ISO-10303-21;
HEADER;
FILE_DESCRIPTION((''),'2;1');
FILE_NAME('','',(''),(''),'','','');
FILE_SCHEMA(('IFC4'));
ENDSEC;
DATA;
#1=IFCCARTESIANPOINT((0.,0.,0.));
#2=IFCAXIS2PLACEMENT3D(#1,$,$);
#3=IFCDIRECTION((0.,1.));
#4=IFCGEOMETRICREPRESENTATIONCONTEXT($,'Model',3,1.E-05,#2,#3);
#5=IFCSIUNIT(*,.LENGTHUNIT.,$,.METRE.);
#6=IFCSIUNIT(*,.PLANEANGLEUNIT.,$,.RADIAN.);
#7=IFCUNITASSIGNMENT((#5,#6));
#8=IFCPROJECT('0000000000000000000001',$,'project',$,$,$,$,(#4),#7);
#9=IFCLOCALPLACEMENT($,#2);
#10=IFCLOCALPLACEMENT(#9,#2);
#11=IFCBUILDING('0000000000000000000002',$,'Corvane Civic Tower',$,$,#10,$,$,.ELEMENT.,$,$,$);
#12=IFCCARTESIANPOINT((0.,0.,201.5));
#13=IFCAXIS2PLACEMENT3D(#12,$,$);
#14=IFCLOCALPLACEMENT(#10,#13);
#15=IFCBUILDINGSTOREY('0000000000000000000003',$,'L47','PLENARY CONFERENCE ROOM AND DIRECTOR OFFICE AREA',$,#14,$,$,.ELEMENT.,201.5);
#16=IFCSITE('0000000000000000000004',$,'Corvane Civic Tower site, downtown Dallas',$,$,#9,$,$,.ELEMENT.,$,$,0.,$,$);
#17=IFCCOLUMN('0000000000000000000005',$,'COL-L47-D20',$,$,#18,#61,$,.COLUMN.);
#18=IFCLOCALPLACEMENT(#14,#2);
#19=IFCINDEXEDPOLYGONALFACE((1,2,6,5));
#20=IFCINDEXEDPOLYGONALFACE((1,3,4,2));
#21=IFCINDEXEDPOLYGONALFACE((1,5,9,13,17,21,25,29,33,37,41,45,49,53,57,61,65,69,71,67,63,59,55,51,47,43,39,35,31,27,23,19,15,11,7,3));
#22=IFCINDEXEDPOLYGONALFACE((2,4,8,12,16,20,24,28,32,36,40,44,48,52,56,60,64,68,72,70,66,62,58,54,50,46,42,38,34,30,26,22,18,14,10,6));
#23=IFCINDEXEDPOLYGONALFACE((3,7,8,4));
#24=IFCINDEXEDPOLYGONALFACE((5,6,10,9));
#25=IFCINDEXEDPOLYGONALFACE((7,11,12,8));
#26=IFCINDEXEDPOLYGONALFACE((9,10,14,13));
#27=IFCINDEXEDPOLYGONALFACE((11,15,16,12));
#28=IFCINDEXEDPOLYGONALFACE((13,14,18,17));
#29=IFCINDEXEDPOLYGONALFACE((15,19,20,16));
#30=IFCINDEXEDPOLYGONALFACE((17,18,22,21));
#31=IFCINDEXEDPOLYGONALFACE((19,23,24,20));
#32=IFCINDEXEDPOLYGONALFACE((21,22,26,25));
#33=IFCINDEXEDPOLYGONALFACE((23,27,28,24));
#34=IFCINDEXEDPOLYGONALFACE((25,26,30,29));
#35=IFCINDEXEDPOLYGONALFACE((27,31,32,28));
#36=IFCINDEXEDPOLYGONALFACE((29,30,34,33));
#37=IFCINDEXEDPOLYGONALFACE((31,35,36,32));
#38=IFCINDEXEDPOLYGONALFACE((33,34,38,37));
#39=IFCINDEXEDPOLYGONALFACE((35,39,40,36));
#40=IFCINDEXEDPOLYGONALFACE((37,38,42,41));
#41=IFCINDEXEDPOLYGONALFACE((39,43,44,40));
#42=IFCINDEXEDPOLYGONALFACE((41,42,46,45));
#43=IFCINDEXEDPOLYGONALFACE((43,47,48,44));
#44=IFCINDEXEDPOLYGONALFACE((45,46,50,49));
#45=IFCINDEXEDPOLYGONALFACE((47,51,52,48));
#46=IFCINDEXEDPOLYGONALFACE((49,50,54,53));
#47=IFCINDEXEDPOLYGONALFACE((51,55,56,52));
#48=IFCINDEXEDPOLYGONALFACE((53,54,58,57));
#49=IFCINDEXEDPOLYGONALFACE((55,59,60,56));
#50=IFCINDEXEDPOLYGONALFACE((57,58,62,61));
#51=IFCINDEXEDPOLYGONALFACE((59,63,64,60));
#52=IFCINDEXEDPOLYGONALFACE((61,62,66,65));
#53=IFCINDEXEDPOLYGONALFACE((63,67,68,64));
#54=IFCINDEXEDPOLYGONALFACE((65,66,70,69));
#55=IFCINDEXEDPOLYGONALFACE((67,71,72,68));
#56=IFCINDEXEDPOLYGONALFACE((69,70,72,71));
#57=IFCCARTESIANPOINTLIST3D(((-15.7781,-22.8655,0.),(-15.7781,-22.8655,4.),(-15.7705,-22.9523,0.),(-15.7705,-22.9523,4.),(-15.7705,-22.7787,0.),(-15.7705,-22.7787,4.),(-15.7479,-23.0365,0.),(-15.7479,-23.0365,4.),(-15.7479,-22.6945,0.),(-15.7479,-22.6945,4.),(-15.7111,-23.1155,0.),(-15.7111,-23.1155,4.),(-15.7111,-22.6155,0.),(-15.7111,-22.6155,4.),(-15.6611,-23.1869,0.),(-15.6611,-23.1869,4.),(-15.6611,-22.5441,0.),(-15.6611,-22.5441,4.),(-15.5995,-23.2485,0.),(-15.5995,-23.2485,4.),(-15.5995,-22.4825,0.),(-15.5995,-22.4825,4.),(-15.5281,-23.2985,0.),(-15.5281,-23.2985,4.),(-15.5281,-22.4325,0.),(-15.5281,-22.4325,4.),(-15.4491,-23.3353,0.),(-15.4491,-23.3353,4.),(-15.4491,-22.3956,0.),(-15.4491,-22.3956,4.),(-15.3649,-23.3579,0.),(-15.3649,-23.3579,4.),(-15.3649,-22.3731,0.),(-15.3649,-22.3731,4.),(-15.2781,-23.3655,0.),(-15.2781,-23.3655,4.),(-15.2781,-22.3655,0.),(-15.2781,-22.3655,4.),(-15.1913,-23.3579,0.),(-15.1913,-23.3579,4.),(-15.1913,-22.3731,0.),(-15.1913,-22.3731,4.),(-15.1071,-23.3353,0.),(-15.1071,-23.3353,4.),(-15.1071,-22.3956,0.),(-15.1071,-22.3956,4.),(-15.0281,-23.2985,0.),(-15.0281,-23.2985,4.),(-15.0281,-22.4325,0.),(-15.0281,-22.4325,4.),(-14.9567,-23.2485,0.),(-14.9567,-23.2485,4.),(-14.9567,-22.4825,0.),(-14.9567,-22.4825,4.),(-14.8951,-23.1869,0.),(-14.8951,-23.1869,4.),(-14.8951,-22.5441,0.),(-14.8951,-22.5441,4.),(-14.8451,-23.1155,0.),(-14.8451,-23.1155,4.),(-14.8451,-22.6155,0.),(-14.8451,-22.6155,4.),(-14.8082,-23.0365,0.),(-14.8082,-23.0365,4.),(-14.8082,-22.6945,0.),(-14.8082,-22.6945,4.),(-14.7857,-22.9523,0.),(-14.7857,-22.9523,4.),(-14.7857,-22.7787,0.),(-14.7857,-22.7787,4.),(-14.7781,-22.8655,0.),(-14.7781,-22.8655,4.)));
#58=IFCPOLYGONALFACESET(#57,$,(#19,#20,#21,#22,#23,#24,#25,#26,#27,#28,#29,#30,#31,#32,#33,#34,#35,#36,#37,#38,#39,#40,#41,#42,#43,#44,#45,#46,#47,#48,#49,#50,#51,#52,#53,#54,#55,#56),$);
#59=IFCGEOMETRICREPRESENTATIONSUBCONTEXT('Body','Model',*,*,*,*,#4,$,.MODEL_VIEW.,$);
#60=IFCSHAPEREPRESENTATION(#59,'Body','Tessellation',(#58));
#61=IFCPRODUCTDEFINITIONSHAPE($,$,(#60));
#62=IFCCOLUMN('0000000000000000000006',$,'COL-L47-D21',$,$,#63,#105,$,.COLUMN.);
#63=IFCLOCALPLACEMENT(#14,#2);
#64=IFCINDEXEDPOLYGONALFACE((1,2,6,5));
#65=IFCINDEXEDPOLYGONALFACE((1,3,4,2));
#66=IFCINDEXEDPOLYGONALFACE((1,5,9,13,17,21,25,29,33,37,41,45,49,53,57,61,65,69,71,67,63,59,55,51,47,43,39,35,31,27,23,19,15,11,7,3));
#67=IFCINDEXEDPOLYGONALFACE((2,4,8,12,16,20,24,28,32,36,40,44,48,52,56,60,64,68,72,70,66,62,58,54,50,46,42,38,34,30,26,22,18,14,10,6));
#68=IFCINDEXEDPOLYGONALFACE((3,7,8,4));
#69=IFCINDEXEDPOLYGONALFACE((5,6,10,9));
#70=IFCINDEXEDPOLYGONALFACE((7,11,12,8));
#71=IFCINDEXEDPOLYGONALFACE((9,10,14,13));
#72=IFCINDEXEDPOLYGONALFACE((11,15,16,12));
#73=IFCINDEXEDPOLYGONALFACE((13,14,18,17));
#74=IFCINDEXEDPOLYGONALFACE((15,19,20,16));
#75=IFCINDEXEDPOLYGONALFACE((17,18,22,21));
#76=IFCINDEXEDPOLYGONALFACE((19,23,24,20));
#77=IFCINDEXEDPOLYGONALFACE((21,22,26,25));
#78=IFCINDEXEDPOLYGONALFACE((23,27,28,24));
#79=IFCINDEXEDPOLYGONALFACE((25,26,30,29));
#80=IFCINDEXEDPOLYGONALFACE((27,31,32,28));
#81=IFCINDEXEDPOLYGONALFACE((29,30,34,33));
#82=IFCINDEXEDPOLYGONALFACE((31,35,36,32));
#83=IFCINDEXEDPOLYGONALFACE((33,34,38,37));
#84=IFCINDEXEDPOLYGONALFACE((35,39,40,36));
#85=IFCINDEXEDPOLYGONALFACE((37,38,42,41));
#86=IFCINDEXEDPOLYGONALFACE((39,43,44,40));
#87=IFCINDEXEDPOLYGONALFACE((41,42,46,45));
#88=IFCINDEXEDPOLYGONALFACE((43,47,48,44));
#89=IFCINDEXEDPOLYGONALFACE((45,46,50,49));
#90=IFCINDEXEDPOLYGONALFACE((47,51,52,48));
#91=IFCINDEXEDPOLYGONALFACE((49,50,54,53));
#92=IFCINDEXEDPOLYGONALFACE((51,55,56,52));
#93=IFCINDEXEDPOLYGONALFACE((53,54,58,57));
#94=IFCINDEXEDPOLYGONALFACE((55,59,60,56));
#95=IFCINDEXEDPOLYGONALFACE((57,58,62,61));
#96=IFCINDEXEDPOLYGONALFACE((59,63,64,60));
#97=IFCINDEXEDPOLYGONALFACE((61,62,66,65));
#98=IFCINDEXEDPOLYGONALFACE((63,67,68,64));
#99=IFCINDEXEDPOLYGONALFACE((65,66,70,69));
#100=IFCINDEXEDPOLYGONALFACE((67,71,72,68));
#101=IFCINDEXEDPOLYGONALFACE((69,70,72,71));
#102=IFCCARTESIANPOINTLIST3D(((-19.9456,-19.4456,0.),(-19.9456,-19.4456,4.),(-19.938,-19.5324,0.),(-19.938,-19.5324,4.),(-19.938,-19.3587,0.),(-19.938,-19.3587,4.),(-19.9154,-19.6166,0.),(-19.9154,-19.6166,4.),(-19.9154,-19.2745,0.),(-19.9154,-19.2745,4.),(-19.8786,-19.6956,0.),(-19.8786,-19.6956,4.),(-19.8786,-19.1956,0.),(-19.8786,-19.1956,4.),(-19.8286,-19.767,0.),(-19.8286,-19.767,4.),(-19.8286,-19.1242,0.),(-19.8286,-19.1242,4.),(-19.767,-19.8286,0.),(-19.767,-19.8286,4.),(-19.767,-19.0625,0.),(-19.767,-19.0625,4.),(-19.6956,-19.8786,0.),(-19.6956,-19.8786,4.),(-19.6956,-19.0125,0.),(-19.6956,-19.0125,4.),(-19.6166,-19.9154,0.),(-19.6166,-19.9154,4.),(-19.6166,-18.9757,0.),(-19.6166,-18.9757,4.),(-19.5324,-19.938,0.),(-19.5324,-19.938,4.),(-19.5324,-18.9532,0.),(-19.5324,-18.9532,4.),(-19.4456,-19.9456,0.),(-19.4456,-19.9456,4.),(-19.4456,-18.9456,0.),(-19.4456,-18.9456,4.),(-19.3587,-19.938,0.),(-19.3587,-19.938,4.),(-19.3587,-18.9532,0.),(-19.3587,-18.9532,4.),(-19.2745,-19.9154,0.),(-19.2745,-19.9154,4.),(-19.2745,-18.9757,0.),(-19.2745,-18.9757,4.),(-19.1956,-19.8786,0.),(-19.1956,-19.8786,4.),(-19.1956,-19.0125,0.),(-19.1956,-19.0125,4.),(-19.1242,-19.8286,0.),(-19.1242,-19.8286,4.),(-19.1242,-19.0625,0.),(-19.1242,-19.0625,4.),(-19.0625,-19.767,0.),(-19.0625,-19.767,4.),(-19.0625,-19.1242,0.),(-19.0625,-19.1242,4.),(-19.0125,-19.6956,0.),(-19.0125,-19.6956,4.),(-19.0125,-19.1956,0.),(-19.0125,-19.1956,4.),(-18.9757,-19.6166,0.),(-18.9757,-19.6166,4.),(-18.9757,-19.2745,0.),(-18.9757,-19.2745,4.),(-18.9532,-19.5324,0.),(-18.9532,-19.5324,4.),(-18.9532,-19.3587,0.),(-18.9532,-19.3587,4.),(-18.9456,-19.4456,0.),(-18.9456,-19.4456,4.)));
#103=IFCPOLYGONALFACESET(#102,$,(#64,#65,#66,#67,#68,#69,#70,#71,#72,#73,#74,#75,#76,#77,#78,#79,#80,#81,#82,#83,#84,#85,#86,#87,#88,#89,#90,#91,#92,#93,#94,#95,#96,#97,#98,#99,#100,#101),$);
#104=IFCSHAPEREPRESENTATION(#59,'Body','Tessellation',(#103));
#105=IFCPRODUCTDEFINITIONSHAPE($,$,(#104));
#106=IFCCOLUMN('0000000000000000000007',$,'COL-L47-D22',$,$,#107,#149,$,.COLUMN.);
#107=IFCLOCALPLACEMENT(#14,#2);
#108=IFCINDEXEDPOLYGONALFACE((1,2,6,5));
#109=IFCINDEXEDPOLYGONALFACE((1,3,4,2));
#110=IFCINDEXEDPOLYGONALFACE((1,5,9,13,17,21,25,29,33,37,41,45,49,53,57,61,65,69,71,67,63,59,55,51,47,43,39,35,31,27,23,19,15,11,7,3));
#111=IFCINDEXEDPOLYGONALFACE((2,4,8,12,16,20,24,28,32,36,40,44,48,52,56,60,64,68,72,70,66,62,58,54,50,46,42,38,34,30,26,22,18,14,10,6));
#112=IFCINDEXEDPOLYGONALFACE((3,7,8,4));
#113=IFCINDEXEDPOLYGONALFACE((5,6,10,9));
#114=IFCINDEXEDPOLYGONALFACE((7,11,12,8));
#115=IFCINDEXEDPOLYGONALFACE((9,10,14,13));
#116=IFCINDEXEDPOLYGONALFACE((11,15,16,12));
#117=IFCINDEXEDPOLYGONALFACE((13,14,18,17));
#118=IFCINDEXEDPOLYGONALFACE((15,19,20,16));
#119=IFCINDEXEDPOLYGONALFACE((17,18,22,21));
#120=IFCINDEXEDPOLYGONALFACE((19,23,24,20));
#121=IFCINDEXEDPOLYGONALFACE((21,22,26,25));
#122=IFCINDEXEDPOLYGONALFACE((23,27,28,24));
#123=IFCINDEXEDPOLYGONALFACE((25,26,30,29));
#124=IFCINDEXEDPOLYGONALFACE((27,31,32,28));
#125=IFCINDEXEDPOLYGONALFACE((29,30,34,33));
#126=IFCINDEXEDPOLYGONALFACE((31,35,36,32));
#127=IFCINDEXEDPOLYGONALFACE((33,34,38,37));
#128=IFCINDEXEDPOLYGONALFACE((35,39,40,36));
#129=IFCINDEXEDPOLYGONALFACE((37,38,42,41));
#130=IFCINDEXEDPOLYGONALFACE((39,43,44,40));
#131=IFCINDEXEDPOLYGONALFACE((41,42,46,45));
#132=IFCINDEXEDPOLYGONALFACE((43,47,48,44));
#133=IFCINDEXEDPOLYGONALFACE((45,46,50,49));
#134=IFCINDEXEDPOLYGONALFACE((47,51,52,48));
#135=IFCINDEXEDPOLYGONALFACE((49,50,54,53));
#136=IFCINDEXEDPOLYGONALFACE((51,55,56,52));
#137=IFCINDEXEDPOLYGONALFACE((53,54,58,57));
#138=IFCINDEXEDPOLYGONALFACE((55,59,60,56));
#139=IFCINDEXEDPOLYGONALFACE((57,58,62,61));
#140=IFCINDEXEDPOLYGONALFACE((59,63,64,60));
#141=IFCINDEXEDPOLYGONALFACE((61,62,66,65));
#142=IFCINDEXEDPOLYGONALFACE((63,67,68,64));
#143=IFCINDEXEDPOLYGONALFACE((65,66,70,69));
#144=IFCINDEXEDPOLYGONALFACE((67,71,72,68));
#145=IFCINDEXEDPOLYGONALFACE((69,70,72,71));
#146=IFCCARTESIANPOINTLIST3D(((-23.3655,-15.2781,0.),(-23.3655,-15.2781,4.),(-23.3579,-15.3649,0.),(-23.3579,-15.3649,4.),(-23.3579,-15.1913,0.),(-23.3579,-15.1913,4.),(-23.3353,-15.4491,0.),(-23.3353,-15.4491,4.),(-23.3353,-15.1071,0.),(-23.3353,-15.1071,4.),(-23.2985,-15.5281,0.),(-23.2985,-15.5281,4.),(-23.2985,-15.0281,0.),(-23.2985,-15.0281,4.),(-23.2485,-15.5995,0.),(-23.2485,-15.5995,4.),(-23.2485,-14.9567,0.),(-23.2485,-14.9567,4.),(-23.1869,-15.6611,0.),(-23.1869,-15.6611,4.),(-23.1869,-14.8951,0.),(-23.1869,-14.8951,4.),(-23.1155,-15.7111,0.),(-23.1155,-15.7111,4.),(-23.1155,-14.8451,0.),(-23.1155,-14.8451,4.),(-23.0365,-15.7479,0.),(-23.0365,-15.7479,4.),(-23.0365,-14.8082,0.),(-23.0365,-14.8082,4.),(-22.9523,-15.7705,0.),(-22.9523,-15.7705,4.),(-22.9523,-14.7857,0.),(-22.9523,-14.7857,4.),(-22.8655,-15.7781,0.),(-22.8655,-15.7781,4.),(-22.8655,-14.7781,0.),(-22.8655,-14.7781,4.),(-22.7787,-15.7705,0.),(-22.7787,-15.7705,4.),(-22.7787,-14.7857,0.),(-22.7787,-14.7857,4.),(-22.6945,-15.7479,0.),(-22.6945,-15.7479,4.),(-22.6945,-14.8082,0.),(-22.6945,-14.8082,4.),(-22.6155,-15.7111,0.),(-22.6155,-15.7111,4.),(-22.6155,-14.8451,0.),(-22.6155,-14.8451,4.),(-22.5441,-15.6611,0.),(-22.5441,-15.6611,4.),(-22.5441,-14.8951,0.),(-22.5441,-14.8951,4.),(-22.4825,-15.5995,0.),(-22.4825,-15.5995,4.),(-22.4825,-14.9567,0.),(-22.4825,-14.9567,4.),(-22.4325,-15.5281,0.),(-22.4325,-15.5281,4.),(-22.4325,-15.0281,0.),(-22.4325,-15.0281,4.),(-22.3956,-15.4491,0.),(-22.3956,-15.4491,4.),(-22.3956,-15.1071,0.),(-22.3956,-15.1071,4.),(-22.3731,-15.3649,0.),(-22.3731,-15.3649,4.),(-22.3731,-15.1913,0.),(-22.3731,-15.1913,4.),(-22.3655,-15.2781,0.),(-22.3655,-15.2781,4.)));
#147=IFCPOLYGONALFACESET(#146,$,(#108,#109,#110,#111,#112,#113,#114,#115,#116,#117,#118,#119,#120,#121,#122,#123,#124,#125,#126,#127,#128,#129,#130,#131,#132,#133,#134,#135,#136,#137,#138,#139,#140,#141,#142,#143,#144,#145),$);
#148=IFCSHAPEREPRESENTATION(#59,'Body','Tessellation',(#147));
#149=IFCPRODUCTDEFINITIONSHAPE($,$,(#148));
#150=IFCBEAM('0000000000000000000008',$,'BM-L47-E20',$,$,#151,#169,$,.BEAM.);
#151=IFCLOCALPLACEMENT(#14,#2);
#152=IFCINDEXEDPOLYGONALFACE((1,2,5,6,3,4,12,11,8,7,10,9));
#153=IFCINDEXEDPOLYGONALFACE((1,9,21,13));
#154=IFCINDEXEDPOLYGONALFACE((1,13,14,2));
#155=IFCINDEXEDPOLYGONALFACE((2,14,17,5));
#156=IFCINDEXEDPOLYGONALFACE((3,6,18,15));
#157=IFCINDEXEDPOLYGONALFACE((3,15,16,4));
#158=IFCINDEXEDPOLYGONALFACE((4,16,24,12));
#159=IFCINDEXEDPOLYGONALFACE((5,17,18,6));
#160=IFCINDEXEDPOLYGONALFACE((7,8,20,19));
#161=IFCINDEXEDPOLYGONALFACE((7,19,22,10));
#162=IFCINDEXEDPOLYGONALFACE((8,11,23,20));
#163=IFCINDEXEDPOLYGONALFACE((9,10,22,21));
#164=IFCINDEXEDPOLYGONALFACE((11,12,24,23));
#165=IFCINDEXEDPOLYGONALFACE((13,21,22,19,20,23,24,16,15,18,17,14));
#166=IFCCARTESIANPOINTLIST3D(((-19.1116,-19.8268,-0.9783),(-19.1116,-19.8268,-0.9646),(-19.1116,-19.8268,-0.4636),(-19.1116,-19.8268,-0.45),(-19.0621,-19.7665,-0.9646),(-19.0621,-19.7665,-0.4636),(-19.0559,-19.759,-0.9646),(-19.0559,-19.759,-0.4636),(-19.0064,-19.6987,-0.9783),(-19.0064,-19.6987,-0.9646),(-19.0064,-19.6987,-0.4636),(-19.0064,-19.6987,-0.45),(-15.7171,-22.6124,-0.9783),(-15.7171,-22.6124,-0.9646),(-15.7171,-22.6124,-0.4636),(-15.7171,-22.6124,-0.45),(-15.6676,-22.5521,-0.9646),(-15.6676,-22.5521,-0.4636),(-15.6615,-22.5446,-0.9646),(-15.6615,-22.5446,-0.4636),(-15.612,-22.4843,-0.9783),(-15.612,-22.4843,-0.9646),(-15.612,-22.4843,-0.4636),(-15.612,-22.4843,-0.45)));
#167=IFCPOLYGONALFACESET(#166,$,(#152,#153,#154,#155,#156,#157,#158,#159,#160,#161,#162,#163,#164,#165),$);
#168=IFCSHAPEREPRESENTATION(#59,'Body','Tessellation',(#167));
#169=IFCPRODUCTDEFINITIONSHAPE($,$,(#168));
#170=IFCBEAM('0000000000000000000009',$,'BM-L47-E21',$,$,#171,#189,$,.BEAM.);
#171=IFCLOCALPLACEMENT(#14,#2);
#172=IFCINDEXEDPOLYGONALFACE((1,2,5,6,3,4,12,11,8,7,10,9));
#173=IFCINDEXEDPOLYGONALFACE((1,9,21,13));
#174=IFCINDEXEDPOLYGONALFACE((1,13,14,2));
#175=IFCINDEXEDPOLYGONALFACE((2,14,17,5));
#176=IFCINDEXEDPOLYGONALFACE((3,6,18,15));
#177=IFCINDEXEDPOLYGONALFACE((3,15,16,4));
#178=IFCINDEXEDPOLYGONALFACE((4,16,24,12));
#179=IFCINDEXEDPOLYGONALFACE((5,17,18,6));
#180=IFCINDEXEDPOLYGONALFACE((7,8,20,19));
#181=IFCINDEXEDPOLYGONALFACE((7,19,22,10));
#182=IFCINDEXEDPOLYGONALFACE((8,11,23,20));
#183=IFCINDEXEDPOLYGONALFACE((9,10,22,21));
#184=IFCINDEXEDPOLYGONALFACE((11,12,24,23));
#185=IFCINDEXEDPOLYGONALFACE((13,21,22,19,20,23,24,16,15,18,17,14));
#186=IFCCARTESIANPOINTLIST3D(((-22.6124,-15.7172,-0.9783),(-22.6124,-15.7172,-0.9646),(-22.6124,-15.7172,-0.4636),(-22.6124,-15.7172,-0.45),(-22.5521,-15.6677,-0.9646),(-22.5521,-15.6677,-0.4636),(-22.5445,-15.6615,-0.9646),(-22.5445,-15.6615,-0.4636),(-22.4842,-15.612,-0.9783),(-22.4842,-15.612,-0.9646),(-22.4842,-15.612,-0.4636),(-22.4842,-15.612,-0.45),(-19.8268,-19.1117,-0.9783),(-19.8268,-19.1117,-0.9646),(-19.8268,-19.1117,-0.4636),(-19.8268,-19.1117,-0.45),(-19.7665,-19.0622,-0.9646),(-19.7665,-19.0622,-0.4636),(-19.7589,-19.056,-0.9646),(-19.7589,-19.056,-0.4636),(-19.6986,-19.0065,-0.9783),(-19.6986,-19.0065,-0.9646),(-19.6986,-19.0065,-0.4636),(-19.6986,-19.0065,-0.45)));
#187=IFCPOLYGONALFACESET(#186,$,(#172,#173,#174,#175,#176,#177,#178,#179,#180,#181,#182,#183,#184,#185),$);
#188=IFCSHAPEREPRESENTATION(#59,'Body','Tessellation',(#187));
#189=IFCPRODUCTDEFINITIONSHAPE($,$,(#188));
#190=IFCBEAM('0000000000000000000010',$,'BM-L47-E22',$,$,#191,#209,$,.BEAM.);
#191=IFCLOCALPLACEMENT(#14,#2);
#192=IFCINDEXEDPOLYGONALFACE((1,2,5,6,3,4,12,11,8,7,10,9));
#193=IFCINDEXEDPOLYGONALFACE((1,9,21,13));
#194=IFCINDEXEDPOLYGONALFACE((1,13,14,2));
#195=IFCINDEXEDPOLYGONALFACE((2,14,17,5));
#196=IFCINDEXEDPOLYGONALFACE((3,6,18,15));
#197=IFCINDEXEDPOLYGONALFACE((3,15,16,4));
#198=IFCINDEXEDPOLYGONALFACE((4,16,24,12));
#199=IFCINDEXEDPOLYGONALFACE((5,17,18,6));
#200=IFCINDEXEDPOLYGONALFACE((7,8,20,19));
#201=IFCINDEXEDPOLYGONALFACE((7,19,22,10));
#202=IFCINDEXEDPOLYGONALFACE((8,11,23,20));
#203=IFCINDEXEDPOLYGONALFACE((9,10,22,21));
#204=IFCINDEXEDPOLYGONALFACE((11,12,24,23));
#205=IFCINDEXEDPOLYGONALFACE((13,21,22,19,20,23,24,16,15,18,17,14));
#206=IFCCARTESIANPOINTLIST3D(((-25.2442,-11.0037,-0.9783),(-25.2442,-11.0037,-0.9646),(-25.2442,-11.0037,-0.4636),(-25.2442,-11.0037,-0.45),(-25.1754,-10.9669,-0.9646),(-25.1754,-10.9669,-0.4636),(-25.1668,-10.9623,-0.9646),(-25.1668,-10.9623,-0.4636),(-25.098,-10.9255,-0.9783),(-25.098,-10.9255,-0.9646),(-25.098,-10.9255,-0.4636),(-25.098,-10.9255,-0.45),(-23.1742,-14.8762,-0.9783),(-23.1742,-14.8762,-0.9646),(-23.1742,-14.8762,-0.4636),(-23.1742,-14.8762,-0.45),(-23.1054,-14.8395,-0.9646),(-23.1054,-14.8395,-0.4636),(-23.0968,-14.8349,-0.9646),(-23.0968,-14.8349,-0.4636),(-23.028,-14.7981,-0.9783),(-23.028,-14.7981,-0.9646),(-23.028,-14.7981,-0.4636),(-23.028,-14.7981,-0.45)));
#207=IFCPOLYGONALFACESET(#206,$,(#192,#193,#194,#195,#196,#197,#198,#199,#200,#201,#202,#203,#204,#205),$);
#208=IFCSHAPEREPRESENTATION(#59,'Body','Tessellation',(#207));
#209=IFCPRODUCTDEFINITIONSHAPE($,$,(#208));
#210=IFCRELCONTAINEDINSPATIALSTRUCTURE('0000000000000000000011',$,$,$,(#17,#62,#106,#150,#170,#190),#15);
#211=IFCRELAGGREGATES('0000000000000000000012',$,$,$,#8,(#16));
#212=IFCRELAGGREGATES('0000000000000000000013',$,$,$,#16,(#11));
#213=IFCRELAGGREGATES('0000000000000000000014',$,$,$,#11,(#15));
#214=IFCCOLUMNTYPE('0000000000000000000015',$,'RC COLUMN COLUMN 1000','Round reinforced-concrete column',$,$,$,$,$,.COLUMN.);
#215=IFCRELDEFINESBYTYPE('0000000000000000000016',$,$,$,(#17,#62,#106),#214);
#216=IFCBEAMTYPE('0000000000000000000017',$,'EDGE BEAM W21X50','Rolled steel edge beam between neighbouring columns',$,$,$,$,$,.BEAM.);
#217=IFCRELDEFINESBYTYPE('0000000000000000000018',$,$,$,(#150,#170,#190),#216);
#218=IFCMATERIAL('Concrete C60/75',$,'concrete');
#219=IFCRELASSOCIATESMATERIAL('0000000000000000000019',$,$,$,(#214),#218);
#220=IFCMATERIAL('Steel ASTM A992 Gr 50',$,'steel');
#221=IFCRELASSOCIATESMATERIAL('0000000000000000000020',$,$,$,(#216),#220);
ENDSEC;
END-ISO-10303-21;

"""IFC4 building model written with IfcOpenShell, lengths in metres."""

from ifc_helpers import new_model, si_unit, direction, frame, origin, origin_2d, place, context, subcontext, project, spatial, circle, i_section, extrude, material, material_profile, profile_set, type_object, element, save


model = new_model("IFC4")

# Units and contexts
model_context = context("Model", 3, precision=1e-05, world=origin(), true_north=direction((0.0, 1.0)))
body_context = subcontext(model_context, "Body", "Model", "MODEL_VIEW")
ifc_project = project(units=[si_unit("LENGTHUNIT", "METRE"), si_unit("PLANEANGLEUNIT", "RADIAN")], contexts=[model_context])

# Site, building, storey
site_placement = place(None, origin())
site = spatial("IfcSite", under=ifc_project, at=site_placement, Name="Corvane Civic Tower site, downtown Dallas", CompositionType="ELEMENT", RefElevation=0.0)
building_placement = place(site_placement, origin())
building = spatial("IfcBuilding", under=site, at=building_placement, Name="Corvane Civic Tower", CompositionType="ELEMENT")
storey_placement = place(building_placement, frame((0.0, 0.0, 201.5)))
storey = spatial("IfcBuildingStorey", under=building, at=storey_placement, Name="L47", Description="PLENARY CONFERENCE ROOM AND DIRECTOR OFFICE AREA", CompositionType="ELEMENT", Elevation=201.5)

# Columns
ifc_material_1 = material(Name="Concrete C60/75", Category="concrete")
ifc_material_profile_1 = material_profile(ifc_material_1, circle(Radius=0.5, at=origin_2d()), Name="COLUMN 1000")
ifc_profile_set_1 = profile_set([ifc_material_profile_1], Name="Concrete C60/75")
column_type = type_object("IfcColumnType", Name="RC COLUMN COLUMN 1000", Description="Round reinforced-concrete column", PredefinedType="COLUMN", material=ifc_profile_set_1)
for number, where, z_axis, x_axis, name in (
    (1, (-15.2781, -22.8655, 0.0), (0.0, 0.0, 1.0), (1.0, 0.0, 0.0), "COL-L47-D20"),
    (2, (-19.4456, -19.4456, 0.0), (0.0, 0.0, 1.0), (1.0, 0.0, 0.0), "COL-L47-D21"),
    (3, (-22.8655, -15.2781, 0.0), (0.0, 0.0, 1.0), (1.0, 0.0, 0.0), "COL-L47-D22"),
):
    element("IfcColumn", number, at=place(storey_placement, frame(where, z_axis=z_axis, x_axis=x_axis)), inside=storey, type_object=column_type, Name=name, PredefinedType="COLUMN", context=body_context, shape_type="SweptSolid", body=[
        extrude(circle(Radius=0.5, at=origin_2d()), origin(), (0.0, 0.0, 1.0), 4.0),
    ])

# Beams
ifc_material_2 = material(Name="Steel ASTM A992 Gr 50", Category="steel")
ifc_material_profile_2 = material_profile(ifc_material_2, i_section(OverallWidth=0.1658, OverallDepth=0.5283, WebThickness=0.0098, FlangeThickness=0.0137, at=origin_2d()), Name="W21X50")
ifc_profile_set_2 = profile_set([ifc_material_profile_2], Name="Steel ASTM A992 Gr 50")
beam_type = type_object("IfcBeamType", Name="EDGE BEAM W21X50", Description="Rolled steel edge beam between neighbouring columns", PredefinedType="BEAM", material=ifc_profile_set_2)
for number, where, z_axis, x_axis, name in (
    (4, (-15.6646, -22.5483, -0.7141), (-0.77303, 0.634369, 0.0), (-0.634369, -0.77303, 0.0), "BM-L47-E20"),
    (5, (-19.7627, -19.0591, -0.7141), (-0.634369, 0.77303, 0.0), (-0.77303, -0.634369, 0.0), "BM-L47-E21"),
    (6, (-23.1011, -14.8372, -0.7141), (-0.471422, 0.881908, 0.0), (-0.881908, -0.471422, 0.0), "BM-L47-E22"),
):
    element("IfcBeam", number, at=place(storey_placement, frame(where, z_axis=z_axis, x_axis=x_axis)), inside=storey, type_object=beam_type, Name=name, PredefinedType="BEAM", context=body_context, shape_type="SweptSolid", body=[
        extrude(i_section(OverallWidth=0.1658, OverallDepth=0.5283, WebThickness=0.0098, FlangeThickness=0.0137, at=origin_2d()), origin(), (0.0, 0.0, 1.0), 4.3911),
    ])

save(model, "model.ifc")
